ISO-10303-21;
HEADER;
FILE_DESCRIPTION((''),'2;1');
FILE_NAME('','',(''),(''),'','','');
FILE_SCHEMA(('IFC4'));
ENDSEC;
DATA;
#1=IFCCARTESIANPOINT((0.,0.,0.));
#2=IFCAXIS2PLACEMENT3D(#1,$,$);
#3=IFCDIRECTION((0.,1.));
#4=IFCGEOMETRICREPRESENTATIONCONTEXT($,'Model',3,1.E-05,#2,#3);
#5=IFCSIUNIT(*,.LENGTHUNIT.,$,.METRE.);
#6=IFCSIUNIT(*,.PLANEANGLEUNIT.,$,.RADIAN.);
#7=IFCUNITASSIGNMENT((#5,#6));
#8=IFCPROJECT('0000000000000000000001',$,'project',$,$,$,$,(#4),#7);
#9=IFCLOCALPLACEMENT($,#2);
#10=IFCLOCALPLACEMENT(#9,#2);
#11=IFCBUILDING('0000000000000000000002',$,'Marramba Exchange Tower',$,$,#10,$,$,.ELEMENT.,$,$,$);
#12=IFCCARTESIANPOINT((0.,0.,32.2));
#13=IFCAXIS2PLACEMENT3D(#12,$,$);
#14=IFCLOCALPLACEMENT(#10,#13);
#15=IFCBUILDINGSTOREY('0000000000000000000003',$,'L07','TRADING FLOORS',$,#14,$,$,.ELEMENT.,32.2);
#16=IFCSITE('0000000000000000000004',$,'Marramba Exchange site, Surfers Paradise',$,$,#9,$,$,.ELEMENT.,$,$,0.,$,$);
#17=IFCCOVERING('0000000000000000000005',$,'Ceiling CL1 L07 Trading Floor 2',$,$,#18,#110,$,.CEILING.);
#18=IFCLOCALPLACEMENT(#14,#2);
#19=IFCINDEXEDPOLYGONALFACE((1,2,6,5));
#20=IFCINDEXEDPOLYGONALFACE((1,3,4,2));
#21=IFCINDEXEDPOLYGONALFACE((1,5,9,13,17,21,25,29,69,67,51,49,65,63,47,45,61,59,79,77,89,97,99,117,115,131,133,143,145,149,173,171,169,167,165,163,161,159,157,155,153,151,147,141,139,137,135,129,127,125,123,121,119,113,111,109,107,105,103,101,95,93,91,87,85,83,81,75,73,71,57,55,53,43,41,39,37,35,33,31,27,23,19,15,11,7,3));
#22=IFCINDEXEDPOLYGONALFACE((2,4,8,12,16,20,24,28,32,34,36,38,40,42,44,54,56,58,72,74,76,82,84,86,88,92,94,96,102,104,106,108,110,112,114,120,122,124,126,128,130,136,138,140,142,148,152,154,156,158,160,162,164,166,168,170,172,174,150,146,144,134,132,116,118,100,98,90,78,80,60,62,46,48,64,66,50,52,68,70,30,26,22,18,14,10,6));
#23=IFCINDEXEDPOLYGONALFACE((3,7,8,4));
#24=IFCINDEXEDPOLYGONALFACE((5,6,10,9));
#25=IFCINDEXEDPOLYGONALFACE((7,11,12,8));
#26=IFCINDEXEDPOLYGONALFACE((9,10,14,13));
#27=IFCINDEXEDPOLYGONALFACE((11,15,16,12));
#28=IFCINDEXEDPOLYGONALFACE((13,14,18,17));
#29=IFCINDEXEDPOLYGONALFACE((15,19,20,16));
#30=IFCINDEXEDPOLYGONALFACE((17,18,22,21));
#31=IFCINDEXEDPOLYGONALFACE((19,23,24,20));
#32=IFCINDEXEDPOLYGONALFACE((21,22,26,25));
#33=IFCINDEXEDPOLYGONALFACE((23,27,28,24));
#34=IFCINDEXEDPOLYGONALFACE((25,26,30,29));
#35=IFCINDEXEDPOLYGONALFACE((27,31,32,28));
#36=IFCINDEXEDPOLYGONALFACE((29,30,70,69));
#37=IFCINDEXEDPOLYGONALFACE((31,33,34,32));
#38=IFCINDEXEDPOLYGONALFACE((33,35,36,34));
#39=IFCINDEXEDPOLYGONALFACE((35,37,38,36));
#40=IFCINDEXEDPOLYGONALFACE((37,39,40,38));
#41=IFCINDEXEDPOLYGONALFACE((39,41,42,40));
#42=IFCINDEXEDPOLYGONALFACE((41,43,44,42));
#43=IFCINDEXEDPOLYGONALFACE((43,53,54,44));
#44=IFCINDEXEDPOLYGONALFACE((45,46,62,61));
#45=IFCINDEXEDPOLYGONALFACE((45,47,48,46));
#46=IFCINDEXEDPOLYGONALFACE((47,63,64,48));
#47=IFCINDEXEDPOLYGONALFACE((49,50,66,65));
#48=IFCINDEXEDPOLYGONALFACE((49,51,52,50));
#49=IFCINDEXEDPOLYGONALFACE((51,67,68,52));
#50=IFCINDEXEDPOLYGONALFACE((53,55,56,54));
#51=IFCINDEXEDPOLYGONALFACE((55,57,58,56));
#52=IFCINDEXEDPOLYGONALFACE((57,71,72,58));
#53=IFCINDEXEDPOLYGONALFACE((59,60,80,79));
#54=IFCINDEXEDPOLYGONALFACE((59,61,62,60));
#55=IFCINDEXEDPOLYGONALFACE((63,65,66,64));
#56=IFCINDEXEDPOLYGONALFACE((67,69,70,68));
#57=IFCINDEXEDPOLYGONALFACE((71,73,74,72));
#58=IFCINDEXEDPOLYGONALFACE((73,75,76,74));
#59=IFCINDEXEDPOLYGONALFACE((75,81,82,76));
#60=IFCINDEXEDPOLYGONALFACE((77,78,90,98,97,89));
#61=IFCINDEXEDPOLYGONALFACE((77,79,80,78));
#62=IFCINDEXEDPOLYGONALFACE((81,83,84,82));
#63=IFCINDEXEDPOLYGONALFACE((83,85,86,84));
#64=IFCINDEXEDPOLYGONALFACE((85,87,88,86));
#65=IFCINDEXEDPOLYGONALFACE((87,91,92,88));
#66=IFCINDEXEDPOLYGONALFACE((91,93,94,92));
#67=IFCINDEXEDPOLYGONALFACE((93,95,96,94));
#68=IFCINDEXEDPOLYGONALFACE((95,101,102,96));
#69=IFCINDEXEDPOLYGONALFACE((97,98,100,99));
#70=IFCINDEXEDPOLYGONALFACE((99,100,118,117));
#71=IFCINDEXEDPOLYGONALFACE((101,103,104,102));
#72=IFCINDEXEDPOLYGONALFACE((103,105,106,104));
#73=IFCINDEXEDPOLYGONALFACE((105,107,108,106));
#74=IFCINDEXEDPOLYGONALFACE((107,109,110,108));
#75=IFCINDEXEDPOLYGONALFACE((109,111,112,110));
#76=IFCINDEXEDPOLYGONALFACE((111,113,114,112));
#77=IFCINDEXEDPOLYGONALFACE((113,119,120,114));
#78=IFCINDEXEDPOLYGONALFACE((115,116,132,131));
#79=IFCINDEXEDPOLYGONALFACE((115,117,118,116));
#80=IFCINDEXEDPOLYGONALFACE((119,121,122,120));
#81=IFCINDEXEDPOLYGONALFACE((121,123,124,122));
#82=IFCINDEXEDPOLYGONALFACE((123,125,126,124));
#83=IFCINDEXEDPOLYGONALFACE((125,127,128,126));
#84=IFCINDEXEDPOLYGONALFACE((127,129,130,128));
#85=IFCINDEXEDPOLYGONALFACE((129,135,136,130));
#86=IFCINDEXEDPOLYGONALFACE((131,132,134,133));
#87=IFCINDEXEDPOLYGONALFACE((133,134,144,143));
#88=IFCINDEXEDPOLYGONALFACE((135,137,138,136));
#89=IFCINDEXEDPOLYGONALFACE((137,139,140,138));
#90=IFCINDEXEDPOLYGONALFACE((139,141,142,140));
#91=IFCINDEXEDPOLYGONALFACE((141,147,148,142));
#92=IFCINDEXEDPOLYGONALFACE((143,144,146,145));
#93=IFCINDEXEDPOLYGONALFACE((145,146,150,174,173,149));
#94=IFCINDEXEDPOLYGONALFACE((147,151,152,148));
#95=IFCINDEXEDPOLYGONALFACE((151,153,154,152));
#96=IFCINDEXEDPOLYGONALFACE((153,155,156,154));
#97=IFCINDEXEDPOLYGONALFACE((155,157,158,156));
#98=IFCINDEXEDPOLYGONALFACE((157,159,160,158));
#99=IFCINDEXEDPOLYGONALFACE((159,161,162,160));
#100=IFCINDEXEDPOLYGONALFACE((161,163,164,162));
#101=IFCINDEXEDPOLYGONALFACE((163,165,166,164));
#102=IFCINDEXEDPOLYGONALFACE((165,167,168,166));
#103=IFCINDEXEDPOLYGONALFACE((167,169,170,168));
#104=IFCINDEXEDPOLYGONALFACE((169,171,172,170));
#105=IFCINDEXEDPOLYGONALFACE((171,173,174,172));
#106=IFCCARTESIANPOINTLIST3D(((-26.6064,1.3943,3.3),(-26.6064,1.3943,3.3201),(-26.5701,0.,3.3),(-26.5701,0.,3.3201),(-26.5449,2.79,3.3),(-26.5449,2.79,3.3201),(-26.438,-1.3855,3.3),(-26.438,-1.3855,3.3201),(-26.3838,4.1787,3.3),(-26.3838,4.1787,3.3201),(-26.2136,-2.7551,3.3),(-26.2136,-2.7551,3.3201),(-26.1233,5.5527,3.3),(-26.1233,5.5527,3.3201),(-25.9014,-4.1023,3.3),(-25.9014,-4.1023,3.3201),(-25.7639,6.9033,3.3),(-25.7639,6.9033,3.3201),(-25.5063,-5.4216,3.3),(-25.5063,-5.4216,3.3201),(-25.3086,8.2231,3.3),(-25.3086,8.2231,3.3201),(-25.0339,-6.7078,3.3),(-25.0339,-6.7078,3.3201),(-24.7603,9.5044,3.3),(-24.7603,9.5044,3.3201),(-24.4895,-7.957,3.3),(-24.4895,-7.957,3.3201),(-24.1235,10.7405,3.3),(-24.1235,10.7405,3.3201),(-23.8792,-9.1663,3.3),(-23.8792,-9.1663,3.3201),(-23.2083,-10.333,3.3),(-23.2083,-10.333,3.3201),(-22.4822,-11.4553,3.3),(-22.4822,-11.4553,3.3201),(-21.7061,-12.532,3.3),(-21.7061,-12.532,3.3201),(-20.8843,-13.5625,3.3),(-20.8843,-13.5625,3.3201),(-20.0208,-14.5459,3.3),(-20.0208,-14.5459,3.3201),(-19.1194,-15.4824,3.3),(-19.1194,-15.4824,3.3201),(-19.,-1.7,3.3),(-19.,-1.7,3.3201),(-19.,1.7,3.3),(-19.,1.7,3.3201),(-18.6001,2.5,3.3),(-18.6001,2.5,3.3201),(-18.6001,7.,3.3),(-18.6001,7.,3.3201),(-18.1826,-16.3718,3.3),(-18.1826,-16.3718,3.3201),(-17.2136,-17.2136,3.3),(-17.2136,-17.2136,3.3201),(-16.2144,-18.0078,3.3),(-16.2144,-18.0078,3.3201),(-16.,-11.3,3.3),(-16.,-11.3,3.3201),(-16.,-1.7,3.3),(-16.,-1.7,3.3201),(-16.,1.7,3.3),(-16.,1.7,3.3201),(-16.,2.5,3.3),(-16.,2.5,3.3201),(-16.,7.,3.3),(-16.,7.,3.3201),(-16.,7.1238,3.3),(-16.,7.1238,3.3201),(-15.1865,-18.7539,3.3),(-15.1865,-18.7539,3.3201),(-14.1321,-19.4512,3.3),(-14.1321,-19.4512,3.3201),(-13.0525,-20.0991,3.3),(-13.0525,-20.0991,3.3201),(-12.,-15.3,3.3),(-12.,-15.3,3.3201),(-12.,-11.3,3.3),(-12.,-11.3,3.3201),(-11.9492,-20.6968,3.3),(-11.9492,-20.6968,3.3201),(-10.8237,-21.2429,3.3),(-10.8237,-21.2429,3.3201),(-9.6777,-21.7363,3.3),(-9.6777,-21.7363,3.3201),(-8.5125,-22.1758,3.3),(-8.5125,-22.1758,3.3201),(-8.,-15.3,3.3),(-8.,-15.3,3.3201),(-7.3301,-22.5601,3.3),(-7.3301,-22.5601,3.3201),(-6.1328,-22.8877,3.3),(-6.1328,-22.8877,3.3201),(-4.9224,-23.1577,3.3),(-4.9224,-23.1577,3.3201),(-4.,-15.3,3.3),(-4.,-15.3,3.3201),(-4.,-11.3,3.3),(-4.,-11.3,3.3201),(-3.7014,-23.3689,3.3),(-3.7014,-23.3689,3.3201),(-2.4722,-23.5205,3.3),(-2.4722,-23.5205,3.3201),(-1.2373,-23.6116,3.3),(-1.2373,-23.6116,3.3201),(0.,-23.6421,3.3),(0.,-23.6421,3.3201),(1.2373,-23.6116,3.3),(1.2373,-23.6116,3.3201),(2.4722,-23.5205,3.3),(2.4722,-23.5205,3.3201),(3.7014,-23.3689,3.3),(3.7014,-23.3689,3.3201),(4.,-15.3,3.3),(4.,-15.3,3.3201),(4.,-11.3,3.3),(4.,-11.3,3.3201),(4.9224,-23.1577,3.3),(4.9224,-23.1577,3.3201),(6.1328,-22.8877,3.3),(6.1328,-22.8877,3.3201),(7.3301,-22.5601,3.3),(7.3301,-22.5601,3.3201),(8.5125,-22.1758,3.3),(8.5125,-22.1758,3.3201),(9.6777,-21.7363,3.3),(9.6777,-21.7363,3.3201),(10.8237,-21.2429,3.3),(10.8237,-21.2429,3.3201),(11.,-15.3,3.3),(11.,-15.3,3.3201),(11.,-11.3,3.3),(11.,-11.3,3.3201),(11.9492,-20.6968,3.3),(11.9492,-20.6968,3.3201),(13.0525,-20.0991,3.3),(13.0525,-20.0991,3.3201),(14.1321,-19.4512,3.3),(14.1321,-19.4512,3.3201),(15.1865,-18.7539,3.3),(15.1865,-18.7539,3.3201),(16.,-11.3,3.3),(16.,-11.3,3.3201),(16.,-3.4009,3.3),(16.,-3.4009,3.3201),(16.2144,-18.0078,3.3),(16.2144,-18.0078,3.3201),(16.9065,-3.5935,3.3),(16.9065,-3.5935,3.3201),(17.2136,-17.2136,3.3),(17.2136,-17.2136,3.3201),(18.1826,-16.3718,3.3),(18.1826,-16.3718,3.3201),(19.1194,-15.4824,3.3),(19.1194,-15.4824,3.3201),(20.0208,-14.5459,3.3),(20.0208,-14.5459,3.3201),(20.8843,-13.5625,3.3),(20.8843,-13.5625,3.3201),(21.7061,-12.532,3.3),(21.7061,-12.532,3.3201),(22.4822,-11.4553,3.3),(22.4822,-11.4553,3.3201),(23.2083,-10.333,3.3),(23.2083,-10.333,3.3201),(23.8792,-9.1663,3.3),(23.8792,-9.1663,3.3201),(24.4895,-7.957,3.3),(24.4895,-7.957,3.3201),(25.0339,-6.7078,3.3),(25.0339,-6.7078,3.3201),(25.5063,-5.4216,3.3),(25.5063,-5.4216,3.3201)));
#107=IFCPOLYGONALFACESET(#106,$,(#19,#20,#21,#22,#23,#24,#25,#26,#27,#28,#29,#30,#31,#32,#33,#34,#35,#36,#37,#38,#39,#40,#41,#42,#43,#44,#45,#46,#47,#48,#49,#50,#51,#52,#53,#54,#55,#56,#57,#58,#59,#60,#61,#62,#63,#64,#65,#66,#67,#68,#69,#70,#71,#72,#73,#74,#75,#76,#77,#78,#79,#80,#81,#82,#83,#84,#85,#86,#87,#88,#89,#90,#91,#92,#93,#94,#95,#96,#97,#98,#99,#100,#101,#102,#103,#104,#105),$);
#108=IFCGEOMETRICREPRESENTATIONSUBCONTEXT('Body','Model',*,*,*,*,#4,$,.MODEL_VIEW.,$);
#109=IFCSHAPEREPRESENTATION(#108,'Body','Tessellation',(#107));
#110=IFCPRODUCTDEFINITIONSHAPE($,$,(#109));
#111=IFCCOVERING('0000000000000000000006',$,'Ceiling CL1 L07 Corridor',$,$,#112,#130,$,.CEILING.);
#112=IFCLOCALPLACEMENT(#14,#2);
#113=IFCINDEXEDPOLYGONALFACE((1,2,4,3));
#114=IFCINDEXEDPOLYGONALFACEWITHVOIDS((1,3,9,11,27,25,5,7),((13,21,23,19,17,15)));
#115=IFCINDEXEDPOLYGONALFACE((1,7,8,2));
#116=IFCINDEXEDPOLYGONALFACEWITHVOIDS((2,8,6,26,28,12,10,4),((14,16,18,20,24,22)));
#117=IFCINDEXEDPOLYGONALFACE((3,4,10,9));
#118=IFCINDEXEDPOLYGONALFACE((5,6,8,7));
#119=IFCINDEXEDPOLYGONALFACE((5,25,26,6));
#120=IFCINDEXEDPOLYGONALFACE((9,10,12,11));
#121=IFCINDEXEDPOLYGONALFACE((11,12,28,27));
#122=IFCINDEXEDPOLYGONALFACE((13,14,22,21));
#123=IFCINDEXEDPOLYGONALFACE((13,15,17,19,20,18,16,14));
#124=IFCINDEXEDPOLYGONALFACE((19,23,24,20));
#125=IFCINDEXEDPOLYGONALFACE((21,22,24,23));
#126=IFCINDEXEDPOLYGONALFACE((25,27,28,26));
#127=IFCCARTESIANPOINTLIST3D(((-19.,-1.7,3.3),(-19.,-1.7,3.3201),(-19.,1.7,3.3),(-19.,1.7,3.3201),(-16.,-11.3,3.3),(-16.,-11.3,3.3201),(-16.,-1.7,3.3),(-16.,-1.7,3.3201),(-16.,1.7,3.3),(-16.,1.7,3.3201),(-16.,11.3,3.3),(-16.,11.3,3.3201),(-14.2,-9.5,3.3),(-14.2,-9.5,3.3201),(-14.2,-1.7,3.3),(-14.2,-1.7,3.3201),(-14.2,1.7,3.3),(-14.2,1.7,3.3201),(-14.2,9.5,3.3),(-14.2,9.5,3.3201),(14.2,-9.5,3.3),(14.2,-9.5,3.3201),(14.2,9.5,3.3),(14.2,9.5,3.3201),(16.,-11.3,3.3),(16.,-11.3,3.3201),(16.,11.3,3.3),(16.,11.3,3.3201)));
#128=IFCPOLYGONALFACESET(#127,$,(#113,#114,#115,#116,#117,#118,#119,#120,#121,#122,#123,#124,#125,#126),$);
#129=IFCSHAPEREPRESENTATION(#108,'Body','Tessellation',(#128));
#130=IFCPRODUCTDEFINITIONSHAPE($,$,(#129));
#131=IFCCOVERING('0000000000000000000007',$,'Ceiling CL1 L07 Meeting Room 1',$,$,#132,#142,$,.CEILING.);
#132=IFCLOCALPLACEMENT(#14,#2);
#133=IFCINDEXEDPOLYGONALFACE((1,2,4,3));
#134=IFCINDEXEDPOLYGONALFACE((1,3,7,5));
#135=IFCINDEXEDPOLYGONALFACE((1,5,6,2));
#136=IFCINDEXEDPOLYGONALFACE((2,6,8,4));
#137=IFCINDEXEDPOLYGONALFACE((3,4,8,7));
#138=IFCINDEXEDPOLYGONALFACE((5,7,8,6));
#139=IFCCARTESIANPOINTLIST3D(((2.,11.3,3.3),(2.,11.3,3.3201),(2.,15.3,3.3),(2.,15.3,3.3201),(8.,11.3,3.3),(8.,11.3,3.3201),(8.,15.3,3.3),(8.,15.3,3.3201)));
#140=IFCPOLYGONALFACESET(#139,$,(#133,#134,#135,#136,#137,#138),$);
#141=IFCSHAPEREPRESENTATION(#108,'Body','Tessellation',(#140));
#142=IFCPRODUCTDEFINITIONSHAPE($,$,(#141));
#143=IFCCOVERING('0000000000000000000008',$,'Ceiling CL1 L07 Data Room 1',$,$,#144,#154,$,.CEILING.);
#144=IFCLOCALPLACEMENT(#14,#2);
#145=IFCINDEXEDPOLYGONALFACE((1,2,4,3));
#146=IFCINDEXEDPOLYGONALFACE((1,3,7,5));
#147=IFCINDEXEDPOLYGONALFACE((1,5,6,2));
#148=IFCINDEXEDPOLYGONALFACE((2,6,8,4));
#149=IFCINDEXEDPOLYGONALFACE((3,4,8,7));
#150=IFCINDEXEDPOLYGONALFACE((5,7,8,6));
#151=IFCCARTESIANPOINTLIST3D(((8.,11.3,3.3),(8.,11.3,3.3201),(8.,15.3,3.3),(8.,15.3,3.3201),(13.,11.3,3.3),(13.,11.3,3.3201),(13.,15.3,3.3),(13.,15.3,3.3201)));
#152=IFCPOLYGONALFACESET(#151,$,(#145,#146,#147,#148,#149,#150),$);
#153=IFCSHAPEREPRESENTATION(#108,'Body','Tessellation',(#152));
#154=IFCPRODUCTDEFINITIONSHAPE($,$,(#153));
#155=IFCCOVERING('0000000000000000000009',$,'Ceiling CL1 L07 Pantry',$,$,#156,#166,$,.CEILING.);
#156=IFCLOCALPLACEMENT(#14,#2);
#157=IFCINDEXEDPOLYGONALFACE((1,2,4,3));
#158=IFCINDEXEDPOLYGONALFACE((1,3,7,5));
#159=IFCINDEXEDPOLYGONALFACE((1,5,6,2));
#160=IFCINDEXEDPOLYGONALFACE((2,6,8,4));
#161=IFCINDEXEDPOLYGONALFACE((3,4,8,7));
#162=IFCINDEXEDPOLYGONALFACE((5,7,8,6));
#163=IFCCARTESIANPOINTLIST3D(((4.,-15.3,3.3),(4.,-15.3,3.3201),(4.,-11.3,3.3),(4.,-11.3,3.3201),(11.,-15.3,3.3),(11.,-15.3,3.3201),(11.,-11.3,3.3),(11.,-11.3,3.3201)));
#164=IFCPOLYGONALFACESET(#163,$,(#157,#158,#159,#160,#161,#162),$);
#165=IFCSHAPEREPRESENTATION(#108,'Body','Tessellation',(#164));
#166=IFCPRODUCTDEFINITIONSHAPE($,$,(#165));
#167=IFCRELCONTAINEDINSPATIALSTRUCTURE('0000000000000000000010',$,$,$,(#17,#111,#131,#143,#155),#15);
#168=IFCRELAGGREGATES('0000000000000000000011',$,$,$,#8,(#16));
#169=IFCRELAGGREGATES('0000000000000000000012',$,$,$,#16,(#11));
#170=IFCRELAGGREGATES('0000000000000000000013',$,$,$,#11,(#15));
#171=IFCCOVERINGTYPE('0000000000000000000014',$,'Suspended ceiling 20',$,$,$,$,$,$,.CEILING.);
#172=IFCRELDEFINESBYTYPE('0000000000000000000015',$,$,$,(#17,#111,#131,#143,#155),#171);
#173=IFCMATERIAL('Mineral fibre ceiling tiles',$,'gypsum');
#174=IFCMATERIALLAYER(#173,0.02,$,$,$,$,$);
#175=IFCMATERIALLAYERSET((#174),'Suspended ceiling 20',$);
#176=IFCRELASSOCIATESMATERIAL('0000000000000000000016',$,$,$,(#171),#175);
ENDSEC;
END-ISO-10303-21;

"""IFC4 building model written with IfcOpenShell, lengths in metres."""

from ifc_helpers import new_model, si_unit, direction, frame, origin, place, context, subcontext, project, spatial, polyline, outline, extrude, material, layer, layer_set, type_object, element, save


model = new_model("IFC4")

# Units and contexts
model_context = context("Model", 3, precision=1e-05, world=origin(), true_north=direction((0.0, 1.0)))
body_context = subcontext(model_context, "Body", "Model", "MODEL_VIEW")
ifc_project = project(units=[si_unit("LENGTHUNIT", "METRE"), si_unit("PLANEANGLEUNIT", "RADIAN")], contexts=[model_context])

# Site, building, storey
site_placement = place(None, origin())
site = spatial("IfcSite", under=ifc_project, at=site_placement, Name="Marramba Exchange site, Surfers Paradise", CompositionType="ELEMENT", RefElevation=0.0)
building_placement = place(site_placement, origin())
building = spatial("IfcBuilding", under=site, at=building_placement, Name="Marramba Exchange Tower", CompositionType="ELEMENT")
storey_placement = place(building_placement, frame((0.0, 0.0, 32.2)))
storey = spatial("IfcBuildingStorey", under=building, at=storey_placement, Name="L07", Description="TRADING FLOORS", CompositionType="ELEMENT", Elevation=32.2)

# Coverings
ifc_material_1 = material(Name="Mineral fibre ceiling tiles", Category="gypsum")
ifc_layer_1 = layer(ifc_material_1, 0.02)
ifc_layer_set_1 = layer_set([ifc_layer_1], Name="Suspended ceiling 20")
covering_type_1 = type_object("IfcCoveringType", Name="Suspended ceiling 20", PredefinedType="CEILING", material=ifc_layer_set_1)
covering_1_placement = place(storey_placement, frame((0.0, 0.0, 3.3)))
element("IfcCovering", 1, at=covering_1_placement, inside=storey, type_object=covering_type_1, Name="Ceiling CL1 L07 Trading Floor 2", PredefinedType="CEILING", context=body_context, shape_type="SweptSolid", body=[
    extrude(outline(polyline([(-19.0, 1.7), (-19.0, -1.7), (-16.0, -1.7), (-16.0, -11.3), (-12.0, -11.3), (-12.0, -15.3), (-8.0, -15.3), (-4.0, -15.3), (-4.0, -11.3), (4.0, -11.3), (4.0, -15.3), (11.0, -15.3), (11.0, -11.3), (16.0, -11.3), (16.0, -3.4009), (16.9065, -3.5935), (25.5063, -5.4216), (25.0339, -6.7078), (24.4895, -7.957), (23.8792, -9.1663), (23.2083, -10.333), (22.4822, -11.4553), (21.7061, -12.532), (20.8843, -13.5625), (20.0208, -14.5459), (19.1194, -15.4824), (18.1826, -16.3718), (17.2136, -17.2136), (16.2144, -18.0078), (15.1865, -18.7539), (14.1321, -19.4512), (13.0525, -20.0991), (11.9492, -20.6968), (10.8237, -21.2429), (9.6777, -21.7363), (8.5125, -22.1758), (7.3301, -22.5601), (6.1328, -22.8877), (4.9224, -23.1577), (3.7014, -23.3689), (2.4722, -23.5205), (1.2373, -23.6116), (0.0, -23.6421), (-1.2373, -23.6116), (-2.4722, -23.5205), (-3.7014, -23.3689), (-4.9224, -23.1577), (-6.1328, -22.8877), (-7.3301, -22.5601), (-8.5125, -22.1758), (-9.6777, -21.7363), (-10.8237, -21.2429), (-11.9492, -20.6968), (-13.0525, -20.0991), (-14.1321, -19.4512), (-15.1865, -18.7539), (-16.2144, -18.0078), (-17.2136, -17.2136), (-18.1826, -16.3718), (-19.1194, -15.4824), (-20.0208, -14.5459), (-20.8843, -13.5625), (-21.7061, -12.532), (-22.4822, -11.4553), (-23.2083, -10.333), (-23.8792, -9.1663), (-24.4895, -7.957), (-25.0339, -6.7078), (-25.5063, -5.4216), (-25.9014, -4.1023), (-26.2136, -2.7551), (-26.438, -1.3855), (-26.5701, 0.0), (-26.6064, 1.3943), (-26.5449, 2.79), (-26.3838, 4.1787), (-26.1233, 5.5527), (-25.7639, 6.9033), (-25.3086, 8.2231), (-24.7603, 9.5044), (-24.1235, 10.7405), (-16.0, 7.1238), (-16.0, 7.0), (-18.6001, 7.0), (-18.6001, 2.5), (-16.0, 2.5), (-16.0, 1.7), (-19.0, 1.7)])), origin(), (0.0, 0.0, 1.0), 0.02),
])
covering_2_placement = place(storey_placement, frame((0.0, 0.0, 3.3)))
element("IfcCovering", 2, at=covering_2_placement, inside=storey, type_object=covering_type_1, Name="Ceiling CL1 L07 Corridor", PredefinedType="CEILING", context=body_context, shape_type="SweptSolid", body=[
    extrude(outline(polyline([(-16.0, 11.3), (16.0, 11.3), (16.0, -11.3), (-16.0, -11.3), (-16.0, -1.7), (-19.0, -1.7), (-19.0, 1.7), (-16.0, 1.7), (-16.0, 11.3)]), holes=[polyline([(14.2, 9.5), (-14.2, 9.5), (-14.2, 1.7), (-14.2, -1.7), (-14.2, -9.5), (14.2, -9.5), (14.2, 9.5)])]), origin(), (0.0, 0.0, 1.0), 0.02),
])
covering_3_placement = place(storey_placement, frame((0.0, 0.0, 3.3)))
element("IfcCovering", 3, at=covering_3_placement, inside=storey, type_object=covering_type_1, Name="Ceiling CL1 L07 Meeting Room 1", PredefinedType="CEILING", context=body_context, shape_type="SweptSolid", body=[
    extrude(outline(polyline([(8.0, 11.3), (2.0, 11.3), (2.0, 15.3), (8.0, 15.3), (8.0, 11.3)])), origin(), (0.0, 0.0, 1.0), 0.02),
])
covering_4_placement = place(storey_placement, frame((0.0, 0.0, 3.3)))
element("IfcCovering", 4, at=covering_4_placement, inside=storey, type_object=covering_type_1, Name="Ceiling CL1 L07 Data Room 1", PredefinedType="CEILING", context=body_context, shape_type="SweptSolid", body=[
    extrude(outline(polyline([(13.0, 11.3), (8.0, 11.3), (8.0, 15.3), (13.0, 15.3), (13.0, 11.3)])), origin(), (0.0, 0.0, 1.0), 0.02),
])
covering_5_placement = place(storey_placement, frame((0.0, 0.0, 3.3)))
element("IfcCovering", 5, at=covering_5_placement, inside=storey, type_object=covering_type_1, Name="Ceiling CL1 L07 Pantry", PredefinedType="CEILING", context=body_context, shape_type="SweptSolid", body=[
    extrude(outline(polyline([(11.0, -15.3), (4.0, -15.3), (4.0, -11.3), (11.0, -11.3), (11.0, -15.3)])), origin(), (0.0, 0.0, 1.0), 0.02),
])

save(model, "model.ifc")
